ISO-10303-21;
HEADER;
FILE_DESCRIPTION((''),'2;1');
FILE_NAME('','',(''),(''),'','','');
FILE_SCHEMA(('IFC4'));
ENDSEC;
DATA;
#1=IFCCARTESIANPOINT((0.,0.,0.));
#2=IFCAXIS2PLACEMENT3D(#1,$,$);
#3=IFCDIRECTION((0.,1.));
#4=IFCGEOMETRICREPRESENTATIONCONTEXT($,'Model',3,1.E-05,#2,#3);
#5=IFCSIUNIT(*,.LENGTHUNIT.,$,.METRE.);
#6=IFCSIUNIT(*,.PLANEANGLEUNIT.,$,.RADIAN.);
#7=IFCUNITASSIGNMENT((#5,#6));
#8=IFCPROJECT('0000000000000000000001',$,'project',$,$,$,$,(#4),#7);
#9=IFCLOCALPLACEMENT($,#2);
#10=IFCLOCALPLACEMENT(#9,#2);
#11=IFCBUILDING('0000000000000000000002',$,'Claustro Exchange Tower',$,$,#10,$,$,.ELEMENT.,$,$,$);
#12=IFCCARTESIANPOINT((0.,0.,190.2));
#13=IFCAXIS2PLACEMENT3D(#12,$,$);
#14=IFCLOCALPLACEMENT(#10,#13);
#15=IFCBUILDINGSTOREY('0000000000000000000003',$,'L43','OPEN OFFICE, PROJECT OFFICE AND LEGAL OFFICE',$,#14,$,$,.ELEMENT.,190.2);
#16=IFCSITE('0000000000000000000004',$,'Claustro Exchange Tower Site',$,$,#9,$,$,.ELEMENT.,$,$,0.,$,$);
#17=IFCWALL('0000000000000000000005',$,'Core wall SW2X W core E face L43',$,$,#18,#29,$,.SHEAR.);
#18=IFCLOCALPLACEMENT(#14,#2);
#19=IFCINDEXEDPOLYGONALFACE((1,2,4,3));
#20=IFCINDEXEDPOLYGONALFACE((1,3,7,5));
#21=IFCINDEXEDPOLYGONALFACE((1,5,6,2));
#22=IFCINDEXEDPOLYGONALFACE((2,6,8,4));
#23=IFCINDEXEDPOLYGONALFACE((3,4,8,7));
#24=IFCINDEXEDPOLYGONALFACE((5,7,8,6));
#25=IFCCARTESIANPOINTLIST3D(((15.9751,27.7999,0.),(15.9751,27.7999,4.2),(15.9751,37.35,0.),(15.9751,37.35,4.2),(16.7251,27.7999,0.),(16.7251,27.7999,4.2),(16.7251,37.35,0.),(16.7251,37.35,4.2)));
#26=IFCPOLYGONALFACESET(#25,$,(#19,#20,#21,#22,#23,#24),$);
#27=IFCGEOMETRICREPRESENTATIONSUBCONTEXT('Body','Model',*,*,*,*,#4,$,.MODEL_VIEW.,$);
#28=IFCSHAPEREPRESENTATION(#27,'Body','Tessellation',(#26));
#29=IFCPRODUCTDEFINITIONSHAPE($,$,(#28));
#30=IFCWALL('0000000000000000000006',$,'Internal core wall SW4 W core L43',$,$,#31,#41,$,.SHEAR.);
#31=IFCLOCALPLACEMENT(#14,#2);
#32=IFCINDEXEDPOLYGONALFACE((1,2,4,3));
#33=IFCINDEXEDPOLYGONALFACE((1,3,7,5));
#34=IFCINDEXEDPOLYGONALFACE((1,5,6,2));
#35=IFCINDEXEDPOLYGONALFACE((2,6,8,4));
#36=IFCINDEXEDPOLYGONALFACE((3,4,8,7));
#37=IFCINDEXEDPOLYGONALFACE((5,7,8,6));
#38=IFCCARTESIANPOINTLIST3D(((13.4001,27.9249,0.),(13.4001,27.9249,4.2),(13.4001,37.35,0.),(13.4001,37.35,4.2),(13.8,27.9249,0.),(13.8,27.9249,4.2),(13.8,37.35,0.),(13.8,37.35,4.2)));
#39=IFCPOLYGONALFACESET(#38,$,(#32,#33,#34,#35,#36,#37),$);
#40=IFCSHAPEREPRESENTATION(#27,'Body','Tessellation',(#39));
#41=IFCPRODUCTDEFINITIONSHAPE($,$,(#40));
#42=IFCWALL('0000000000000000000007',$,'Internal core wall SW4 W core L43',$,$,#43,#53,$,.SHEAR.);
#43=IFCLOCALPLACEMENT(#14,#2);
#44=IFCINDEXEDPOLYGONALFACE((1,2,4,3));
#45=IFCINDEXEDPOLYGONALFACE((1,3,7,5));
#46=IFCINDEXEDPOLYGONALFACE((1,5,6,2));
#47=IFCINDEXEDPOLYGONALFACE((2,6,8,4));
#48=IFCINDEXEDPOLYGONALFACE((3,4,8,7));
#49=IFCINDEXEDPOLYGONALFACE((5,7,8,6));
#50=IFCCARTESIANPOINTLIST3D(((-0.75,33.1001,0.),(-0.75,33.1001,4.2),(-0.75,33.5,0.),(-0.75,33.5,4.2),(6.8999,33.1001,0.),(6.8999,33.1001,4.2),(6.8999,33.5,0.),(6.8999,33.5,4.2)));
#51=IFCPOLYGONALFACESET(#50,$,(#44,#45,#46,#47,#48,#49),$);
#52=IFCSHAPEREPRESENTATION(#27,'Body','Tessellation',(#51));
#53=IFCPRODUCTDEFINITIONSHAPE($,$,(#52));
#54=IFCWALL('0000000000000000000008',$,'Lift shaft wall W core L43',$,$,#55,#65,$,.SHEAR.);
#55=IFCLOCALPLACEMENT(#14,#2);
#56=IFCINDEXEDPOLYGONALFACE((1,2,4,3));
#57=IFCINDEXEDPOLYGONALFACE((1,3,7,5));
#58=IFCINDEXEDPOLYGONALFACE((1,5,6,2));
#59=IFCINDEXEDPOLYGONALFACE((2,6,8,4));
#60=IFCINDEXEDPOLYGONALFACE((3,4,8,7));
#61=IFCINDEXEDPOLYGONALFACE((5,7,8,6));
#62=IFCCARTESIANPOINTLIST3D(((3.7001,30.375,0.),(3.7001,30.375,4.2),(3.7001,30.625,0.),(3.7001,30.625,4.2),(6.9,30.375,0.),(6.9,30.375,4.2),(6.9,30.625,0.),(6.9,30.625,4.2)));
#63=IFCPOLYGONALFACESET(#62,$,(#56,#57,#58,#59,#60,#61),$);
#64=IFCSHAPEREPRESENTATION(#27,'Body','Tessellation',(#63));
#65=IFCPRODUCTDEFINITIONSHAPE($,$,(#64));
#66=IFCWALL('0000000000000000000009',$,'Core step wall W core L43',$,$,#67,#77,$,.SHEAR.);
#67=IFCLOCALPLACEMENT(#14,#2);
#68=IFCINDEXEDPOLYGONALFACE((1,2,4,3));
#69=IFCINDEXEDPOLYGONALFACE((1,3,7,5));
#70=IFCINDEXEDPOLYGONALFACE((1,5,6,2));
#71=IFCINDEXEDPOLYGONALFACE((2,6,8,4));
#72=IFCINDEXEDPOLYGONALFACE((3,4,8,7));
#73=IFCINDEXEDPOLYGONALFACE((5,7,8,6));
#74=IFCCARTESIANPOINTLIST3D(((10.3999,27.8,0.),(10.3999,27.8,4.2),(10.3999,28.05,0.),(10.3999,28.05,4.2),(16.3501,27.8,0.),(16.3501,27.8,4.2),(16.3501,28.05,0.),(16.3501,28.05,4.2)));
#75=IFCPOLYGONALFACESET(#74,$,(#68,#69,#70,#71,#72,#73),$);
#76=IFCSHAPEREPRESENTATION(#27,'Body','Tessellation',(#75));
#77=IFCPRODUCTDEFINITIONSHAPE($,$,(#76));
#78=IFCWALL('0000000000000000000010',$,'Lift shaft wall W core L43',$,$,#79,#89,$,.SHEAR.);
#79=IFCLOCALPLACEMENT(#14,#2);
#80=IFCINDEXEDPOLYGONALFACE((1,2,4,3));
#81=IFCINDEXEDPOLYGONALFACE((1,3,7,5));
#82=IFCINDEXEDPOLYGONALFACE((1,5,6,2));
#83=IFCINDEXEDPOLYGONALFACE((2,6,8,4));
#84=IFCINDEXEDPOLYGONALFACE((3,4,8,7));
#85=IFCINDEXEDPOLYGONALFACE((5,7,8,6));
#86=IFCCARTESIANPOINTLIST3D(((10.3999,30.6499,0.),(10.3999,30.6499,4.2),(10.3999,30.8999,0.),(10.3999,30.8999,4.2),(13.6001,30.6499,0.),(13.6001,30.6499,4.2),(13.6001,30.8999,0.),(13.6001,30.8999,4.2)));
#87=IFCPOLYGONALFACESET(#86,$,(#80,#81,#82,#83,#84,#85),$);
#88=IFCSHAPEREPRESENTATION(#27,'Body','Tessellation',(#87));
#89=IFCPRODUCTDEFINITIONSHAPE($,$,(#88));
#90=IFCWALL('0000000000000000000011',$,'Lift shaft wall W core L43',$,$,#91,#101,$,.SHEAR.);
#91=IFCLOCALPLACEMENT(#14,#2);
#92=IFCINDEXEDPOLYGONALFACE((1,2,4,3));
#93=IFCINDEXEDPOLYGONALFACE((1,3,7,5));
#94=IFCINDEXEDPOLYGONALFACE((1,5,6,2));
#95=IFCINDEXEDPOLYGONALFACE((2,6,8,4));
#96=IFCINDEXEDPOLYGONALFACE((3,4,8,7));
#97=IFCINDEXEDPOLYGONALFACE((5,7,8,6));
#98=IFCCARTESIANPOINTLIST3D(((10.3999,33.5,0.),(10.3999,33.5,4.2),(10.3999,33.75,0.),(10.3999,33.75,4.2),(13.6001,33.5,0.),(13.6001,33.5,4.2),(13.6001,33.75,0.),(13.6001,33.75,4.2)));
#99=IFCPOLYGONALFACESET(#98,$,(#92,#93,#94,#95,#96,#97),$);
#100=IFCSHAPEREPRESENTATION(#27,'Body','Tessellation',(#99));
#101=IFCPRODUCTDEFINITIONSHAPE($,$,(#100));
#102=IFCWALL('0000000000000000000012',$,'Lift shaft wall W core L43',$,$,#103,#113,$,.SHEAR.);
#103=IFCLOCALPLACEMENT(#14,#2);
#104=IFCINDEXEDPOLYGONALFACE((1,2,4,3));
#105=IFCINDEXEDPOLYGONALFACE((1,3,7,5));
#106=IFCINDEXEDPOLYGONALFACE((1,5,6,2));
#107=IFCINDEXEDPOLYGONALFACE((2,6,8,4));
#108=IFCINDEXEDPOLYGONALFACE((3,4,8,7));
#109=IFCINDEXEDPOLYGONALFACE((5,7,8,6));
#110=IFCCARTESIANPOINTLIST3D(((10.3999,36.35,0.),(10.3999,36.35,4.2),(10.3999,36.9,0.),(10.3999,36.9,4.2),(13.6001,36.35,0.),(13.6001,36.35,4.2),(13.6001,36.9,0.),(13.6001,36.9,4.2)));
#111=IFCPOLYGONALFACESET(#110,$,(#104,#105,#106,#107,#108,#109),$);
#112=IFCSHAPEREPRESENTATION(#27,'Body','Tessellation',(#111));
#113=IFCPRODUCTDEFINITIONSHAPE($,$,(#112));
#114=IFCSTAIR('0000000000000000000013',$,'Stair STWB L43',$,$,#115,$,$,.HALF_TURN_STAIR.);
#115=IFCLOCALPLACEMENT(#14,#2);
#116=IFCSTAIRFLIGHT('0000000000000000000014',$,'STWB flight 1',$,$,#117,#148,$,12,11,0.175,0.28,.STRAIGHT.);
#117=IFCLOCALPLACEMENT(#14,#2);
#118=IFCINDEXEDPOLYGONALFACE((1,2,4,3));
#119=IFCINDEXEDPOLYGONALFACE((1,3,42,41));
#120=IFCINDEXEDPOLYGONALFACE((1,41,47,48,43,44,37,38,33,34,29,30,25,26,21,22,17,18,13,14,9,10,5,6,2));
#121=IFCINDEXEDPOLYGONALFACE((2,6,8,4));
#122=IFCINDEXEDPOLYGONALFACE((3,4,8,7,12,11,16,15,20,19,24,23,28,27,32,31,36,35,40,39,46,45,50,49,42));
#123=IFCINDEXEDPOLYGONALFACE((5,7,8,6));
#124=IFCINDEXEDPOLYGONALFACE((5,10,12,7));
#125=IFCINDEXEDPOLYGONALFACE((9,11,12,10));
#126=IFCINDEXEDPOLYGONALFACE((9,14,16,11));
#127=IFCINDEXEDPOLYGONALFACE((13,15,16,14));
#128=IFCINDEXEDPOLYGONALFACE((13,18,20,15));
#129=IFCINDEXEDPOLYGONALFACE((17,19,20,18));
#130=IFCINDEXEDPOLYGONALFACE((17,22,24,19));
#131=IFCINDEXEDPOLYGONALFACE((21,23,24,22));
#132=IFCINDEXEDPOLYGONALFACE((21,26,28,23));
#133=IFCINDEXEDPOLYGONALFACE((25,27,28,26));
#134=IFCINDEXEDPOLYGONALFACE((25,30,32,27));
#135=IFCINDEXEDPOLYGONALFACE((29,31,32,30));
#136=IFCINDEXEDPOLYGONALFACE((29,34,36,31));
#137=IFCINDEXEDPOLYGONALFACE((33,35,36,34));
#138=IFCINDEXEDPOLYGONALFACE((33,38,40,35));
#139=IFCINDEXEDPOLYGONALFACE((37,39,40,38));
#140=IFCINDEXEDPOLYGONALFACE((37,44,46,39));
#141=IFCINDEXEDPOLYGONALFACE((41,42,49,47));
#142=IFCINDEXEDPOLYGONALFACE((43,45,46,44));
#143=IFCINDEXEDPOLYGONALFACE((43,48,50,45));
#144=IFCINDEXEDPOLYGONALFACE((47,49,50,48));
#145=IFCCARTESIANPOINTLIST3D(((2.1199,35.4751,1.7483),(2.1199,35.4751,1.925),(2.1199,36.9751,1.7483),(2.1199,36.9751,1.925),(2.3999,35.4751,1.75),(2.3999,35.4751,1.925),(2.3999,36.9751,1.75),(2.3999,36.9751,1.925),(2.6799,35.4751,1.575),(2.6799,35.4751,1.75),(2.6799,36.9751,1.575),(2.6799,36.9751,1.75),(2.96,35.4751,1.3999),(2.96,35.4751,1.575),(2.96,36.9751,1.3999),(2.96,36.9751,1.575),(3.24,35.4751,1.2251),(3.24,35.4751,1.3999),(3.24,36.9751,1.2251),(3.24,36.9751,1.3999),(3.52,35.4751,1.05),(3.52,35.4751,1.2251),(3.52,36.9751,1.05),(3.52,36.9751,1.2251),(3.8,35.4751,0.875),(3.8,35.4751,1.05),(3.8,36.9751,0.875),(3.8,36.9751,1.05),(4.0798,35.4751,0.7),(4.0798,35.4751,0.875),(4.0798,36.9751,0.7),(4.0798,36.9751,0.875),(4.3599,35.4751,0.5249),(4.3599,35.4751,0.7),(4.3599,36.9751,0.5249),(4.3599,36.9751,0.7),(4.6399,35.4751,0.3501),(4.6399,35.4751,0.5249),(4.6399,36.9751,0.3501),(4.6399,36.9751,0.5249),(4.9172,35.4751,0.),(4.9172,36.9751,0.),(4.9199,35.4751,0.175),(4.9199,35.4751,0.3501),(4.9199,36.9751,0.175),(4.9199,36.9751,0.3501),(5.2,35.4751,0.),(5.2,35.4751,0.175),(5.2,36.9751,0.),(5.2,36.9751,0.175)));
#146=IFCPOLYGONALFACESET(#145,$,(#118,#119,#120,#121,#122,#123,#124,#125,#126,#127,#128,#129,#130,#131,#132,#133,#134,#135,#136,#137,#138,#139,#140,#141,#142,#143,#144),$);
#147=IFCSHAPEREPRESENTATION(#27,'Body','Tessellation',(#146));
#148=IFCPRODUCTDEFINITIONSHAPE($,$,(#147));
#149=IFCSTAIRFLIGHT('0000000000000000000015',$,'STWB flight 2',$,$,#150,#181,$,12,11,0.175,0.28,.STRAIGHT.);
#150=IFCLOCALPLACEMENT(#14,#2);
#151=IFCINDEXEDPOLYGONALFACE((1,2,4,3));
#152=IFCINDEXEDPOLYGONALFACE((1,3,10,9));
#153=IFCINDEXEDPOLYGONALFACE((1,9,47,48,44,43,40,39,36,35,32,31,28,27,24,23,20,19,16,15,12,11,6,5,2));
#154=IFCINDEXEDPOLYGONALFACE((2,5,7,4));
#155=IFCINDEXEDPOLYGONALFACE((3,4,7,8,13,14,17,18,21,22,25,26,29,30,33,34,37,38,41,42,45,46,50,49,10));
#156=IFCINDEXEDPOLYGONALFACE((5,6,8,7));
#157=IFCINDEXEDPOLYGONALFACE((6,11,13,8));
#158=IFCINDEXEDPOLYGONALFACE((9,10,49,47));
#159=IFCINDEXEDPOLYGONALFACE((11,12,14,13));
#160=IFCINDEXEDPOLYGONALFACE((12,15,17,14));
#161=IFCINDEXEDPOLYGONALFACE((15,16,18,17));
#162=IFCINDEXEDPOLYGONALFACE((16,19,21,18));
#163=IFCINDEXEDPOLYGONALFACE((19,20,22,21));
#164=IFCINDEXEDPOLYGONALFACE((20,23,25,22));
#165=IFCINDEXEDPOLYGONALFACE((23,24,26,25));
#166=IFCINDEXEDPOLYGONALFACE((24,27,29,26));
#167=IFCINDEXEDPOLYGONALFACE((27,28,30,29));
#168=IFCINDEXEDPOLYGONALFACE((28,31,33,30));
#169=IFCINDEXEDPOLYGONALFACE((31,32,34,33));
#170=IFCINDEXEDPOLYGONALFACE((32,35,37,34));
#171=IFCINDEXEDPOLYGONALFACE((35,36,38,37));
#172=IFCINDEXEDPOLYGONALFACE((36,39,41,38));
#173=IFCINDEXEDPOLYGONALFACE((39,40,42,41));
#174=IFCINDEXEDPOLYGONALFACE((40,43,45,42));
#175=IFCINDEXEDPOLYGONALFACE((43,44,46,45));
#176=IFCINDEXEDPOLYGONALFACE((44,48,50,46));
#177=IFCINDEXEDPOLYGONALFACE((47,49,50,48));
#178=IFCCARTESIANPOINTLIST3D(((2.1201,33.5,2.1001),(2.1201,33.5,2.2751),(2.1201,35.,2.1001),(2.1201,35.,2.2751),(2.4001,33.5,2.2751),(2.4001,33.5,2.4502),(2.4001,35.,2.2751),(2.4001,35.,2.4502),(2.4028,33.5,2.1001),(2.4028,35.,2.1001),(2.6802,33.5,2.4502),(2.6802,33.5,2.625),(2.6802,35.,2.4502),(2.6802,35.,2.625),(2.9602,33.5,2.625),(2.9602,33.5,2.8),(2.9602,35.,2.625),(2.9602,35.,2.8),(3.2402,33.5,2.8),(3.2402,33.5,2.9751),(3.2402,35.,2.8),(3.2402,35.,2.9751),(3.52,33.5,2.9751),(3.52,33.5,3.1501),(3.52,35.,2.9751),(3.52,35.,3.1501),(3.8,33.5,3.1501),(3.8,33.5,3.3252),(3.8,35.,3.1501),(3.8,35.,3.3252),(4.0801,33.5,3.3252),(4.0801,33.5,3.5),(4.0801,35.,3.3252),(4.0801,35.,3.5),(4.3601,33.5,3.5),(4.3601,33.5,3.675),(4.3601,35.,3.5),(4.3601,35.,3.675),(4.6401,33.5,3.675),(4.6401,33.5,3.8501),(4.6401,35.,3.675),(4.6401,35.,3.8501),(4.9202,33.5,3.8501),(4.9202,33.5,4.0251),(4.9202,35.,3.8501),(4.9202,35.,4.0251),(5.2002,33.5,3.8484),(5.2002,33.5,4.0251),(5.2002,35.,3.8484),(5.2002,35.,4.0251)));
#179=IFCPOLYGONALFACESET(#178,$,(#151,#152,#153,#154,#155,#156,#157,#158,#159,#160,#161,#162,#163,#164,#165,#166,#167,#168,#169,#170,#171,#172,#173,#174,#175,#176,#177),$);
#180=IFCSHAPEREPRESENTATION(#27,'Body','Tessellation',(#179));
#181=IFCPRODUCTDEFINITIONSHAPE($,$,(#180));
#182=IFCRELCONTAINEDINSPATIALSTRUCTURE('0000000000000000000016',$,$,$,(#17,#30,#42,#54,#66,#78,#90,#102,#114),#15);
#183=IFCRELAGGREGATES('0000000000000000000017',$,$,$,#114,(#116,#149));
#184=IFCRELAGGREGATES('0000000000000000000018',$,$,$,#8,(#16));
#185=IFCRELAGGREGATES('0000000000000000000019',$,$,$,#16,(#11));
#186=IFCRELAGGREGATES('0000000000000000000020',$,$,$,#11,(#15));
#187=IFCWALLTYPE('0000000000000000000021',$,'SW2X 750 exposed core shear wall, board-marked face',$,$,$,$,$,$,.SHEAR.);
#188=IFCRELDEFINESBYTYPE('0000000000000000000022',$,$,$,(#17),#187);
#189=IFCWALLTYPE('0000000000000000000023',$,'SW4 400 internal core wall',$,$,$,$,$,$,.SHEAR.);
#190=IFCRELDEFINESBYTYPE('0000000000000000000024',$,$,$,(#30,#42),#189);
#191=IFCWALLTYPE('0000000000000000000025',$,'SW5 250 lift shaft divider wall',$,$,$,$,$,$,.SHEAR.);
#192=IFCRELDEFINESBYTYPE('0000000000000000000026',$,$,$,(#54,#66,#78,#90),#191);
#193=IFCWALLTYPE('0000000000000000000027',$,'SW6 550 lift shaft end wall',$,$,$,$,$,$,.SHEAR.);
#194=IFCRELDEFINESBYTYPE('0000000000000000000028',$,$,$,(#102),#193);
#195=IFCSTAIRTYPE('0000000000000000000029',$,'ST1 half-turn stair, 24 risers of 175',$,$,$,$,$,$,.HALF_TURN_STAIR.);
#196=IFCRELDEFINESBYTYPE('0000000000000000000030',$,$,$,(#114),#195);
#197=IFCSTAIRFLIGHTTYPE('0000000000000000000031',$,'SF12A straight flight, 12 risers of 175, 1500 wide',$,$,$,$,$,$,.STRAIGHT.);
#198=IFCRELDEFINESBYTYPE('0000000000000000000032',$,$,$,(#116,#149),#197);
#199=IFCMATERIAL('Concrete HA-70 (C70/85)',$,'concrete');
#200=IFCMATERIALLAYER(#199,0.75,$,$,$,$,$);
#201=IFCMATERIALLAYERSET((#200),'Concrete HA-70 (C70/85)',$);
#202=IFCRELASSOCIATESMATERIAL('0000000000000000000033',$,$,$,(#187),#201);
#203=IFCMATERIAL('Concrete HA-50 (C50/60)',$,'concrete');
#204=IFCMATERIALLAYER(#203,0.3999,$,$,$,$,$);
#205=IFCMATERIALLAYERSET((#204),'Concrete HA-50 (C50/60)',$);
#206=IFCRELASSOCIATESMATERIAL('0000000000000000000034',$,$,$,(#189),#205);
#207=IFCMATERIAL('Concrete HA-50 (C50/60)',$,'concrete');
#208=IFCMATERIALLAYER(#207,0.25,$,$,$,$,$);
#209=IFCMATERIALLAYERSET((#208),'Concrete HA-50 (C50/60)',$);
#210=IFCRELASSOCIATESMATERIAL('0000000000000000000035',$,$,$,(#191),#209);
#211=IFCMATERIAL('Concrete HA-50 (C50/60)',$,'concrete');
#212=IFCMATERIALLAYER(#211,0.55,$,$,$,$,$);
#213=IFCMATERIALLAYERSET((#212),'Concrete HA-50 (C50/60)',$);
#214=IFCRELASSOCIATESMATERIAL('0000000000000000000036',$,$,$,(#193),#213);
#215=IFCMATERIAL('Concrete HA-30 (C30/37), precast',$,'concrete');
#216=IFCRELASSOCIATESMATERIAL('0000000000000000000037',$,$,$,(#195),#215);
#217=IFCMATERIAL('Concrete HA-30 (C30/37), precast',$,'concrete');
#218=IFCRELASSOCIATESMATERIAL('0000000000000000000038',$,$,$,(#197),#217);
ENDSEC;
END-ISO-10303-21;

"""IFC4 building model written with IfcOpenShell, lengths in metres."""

from ifc_helpers import new_model, si_unit, direction, frame, frame_2d, origin, place, context, subcontext, project, spatial, polyline, rectangle, outline, extrude, material, layer, layer_set, type_object, element, aggregate, save


model = new_model("IFC4")

# Units and contexts
model_context = context("Model", 3, precision=1e-05, world=origin(), true_north=direction((0.0, 1.0)))
body_context = subcontext(model_context, "Body", "Model", "MODEL_VIEW")
ifc_project = project(units=[si_unit("LENGTHUNIT", "METRE"), si_unit("PLANEANGLEUNIT", "RADIAN")], contexts=[model_context])

# Site, building, storey
site_placement = place(None, origin())
site = spatial("IfcSite", under=ifc_project, at=site_placement, Name="Claustro Exchange Tower Site", CompositionType="ELEMENT", RefElevation=0.0)
building_placement = place(site_placement, origin())
building = spatial("IfcBuilding", under=site, at=building_placement, Name="Claustro Exchange Tower", CompositionType="ELEMENT")
storey_placement = place(building_placement, frame((0.0, 0.0, 190.2)))
storey = spatial("IfcBuildingStorey", under=building, at=storey_placement, Name="L43", Description="OPEN OFFICE, PROJECT OFFICE AND LEGAL OFFICE", CompositionType="ELEMENT", Elevation=190.2)

# Walls
ifc_material_1 = material(Name="Concrete HA-70 (C70/85)", Category="concrete")
ifc_layer_1 = layer(ifc_material_1, 0.75)
ifc_layer_set_1 = layer_set([ifc_layer_1], Name="Concrete HA-70 (C70/85)")
wall_type_1 = type_object("IfcWallType", Name="SW2X 750 exposed core shear wall, board-marked face", PredefinedType="SHEAR", material=ifc_layer_set_1)
wall_1_placement = place(storey_placement, frame((16.3501, 27.8, 0.0), z_axis=(0.0, 0.0, 1.0), x_axis=(0.0, 1.0, 0.0)))
element("IfcWall", 1, at=wall_1_placement, inside=storey, type_object=wall_type_1, Name="Core wall SW2X W core E face L43", PredefinedType="SHEAR", context=body_context, shape_type="SweptSolid", body=[
    extrude(rectangle(XDim=9.55, YDim=0.75, at=frame_2d((4.7749, 0.0))), origin(), (0.0, 0.0, 1.0), 4.2),
])
ifc_material_2 = material(Name="Concrete HA-50 (C50/60)", Category="concrete")
ifc_layer_2 = layer(ifc_material_2, 0.3999)
ifc_layer_set_2 = layer_set([ifc_layer_2], Name="Concrete HA-50 (C50/60)")
wall_type_2 = type_object("IfcWallType", Name="SW4 400 internal core wall", PredefinedType="SHEAR", material=ifc_layer_set_2)
wall_2_placement = place(storey_placement, frame((13.6001, 27.925, 0.0), z_axis=(0.0, 0.0, 1.0), x_axis=(0.0, 1.0, 0.0)))
element("IfcWall", 2, at=wall_2_placement, inside=storey, type_object=wall_type_2, Name="Internal core wall SW4 W core L43", PredefinedType="SHEAR", context=body_context, shape_type="SweptSolid", body=[
    extrude(rectangle(XDim=9.425, YDim=0.3999, at=frame_2d((4.7124, 0.0))), origin(), (0.0, 0.0, 1.0), 4.2),
])
wall_3_placement = place(storey_placement, frame((-0.75, 33.3, 0.0), z_axis=(0.0, 0.0, 1.0), x_axis=(1.0, 0.0, 0.0)))
element("IfcWall", 3, at=wall_3_placement, inside=storey, type_object=wall_type_2, Name="Internal core wall SW4 W core L43", PredefinedType="SHEAR", context=body_context, shape_type="SweptSolid", body=[
    extrude(rectangle(XDim=7.6499, YDim=0.3999, at=frame_2d((3.825, 0.0))), origin(), (0.0, 0.0, 1.0), 4.2),
])
ifc_material_3 = material(Name="Concrete HA-50 (C50/60)", Category="concrete")
ifc_layer_3 = layer(ifc_material_3, 0.25)
ifc_layer_set_3 = layer_set([ifc_layer_3], Name="Concrete HA-50 (C50/60)")
wall_type_3 = type_object("IfcWallType", Name="SW5 250 lift shaft divider wall", PredefinedType="SHEAR", material=ifc_layer_set_3)
wall_4_placement = place(storey_placement, frame((3.7, 30.5, 0.0), z_axis=(0.0, 0.0, 1.0), x_axis=(1.0, 0.0, 0.0)))
element("IfcWall", 4, at=wall_4_placement, inside=storey, type_object=wall_type_3, Name="Lift shaft wall W core L43", PredefinedType="SHEAR", context=body_context, shape_type="SweptSolid", body=[
    extrude(rectangle(XDim=3.2, YDim=0.25, at=frame_2d((1.6001, 0.0))), origin(), (0.0, 0.0, 1.0), 4.2),
])
wall_5_placement = place(storey_placement, frame((10.3999, 27.925, 0.0), z_axis=(0.0, 0.0, 1.0), x_axis=(1.0, 0.0, 0.0)))
element("IfcWall", 5, at=wall_5_placement, inside=storey, type_object=wall_type_3, Name="Core step wall W core L43", PredefinedType="SHEAR", context=body_context, shape_type="SweptSolid", body=[
    extrude(rectangle(XDim=5.9502, YDim=0.25, at=frame_2d((2.9751, 0.0))), origin(), (0.0, 0.0, 1.0), 4.2),
])
for number, where, z_axis, x_axis, name in (
    (6, (10.3999, 30.7749, 0.0), (0.0, 0.0, 1.0), (1.0, 0.0, 0.0), "Lift shaft wall W core L43"),
    (7, (10.3999, 33.625, 0.0), (0.0, 0.0, 1.0), (1.0, 0.0, 0.0), "Lift shaft wall W core L43"),
):
    element("IfcWall", number, at=place(storey_placement, frame(where, z_axis=z_axis, x_axis=x_axis)), inside=storey, type_object=wall_type_3, Name=name, PredefinedType="SHEAR", context=body_context, shape_type="SweptSolid", body=[
        extrude(rectangle(XDim=3.2002, YDim=0.25, at=frame_2d((1.6001, 0.0))), origin(), (0.0, 0.0, 1.0), 4.2),
    ])
ifc_material_4 = material(Name="Concrete HA-50 (C50/60)", Category="concrete")
ifc_layer_4 = layer(ifc_material_4, 0.55)
ifc_layer_set_4 = layer_set([ifc_layer_4], Name="Concrete HA-50 (C50/60)")
wall_type_4 = type_object("IfcWallType", Name="SW6 550 lift shaft end wall", PredefinedType="SHEAR", material=ifc_layer_set_4)
wall_6_placement = place(storey_placement, frame((10.3999, 36.625, 0.0), z_axis=(0.0, 0.0, 1.0), x_axis=(1.0, 0.0, 0.0)))
element("IfcWall", 8, at=wall_6_placement, inside=storey, type_object=wall_type_4, Name="Lift shaft wall W core L43", PredefinedType="SHEAR", context=body_context, shape_type="SweptSolid", body=[
    extrude(rectangle(XDim=3.2002, YDim=0.55, at=frame_2d((1.6001, 0.0))), origin(), (0.0, 0.0, 1.0), 4.2),
])

# Stair, stair flights
ifc_material_5 = material(Name="Concrete HA-30 (C30/37), precast", Category="concrete")
stair_type = type_object("IfcStairType", Name="ST1 half-turn stair, 24 risers of 175", PredefinedType="HALF_TURN_STAIR", material=ifc_material_5)
stair_placement = place(storey_placement, origin())
stair = element("IfcStair", 9, at=stair_placement, inside=storey, type_object=stair_type, Name="Stair STWB L43", PredefinedType="HALF_TURN_STAIR")
ifc_material_6 = material(Name="Concrete HA-30 (C30/37), precast", Category="concrete")
stair_flight_type = type_object("IfcStairFlightType", Name="SF12A straight flight, 12 risers of 175, 1500 wide", PredefinedType="STRAIGHT", material=ifc_material_6)
stair_flight_1_placement = place(storey_placement, frame((5.2, 36.2251, 0.0), z_axis=(0.0, 0.0, 1.0), x_axis=(-1.0, 0.0, 0.0)))
stair_flight_1 = element("IfcStairFlight", 10, at=stair_flight_1_placement, type_object=stair_flight_type, Name="STWB flight 1", NumberOfRisers=12, NumberOfTreads=11, PredefinedType="STRAIGHT", RiserHeight=0.175, TreadLength=0.28, context=body_context, shape_type="SweptSolid", body=[
    extrude(outline(polyline([(0.0, 0.0), (0.0, 0.175), (0.28, 0.175), (0.28, 0.3501), (0.5601, 0.3501), (0.5601, 0.5249), (0.8401, 0.5249), (0.8401, 0.7), (1.1201, 0.7), (1.1201, 0.875), (1.3999, 0.875), (1.3999, 1.05), (1.6799, 1.05), (1.6799, 1.2251), (1.96, 1.2251), (1.96, 1.3999), (2.24, 1.3999), (2.24, 1.575), (2.52, 1.575), (2.52, 1.75), (2.8, 1.75), (2.8, 1.925), (3.0801, 1.925), (3.0801, 2.1001), (3.0801, 1.7483), (0.2827, 0.0), (0.0, 0.0)])), frame((0.0, 0.75, 0.0), z_axis=(0.0, -1.0, 0.0), x_axis=(1.0, 0.0, 0.0)), (0.0, 0.0, 1.0), 1.5),
])
stair_flight_2_placement = place(storey_placement, frame((2.1201, 34.25, 2.1001), z_axis=(0.0, 0.0, 1.0), x_axis=(1.0, 0.0, 0.0)))
stair_flight_2 = element("IfcStairFlight", 11, at=stair_flight_2_placement, type_object=stair_flight_type, Name="STWB flight 2", NumberOfRisers=12, NumberOfTreads=11, PredefinedType="STRAIGHT", RiserHeight=0.175, TreadLength=0.28, context=body_context, shape_type="SweptSolid", body=[
    extrude(outline(polyline([(0.0, 0.0), (0.0, 0.175), (0.28, 0.175), (0.28, 0.3501), (0.5601, 0.3501), (0.5601, 0.5249), (0.8401, 0.5249), (0.8401, 0.7), (1.1201, 0.7), (1.1201, 0.875), (1.3999, 0.875), (1.3999, 1.05), (1.6799, 1.05), (1.6799, 1.2251), (1.96, 1.2251), (1.96, 1.3999), (2.24, 1.3999), (2.24, 1.575), (2.52, 1.575), (2.52, 1.75), (2.8, 1.75), (2.8, 1.925), (3.0801, 1.925), (3.0801, 2.1001), (3.0801, 1.7483), (0.2827, 0.0), (0.0, 0.0)])), frame((0.0, 0.75, 0.0), z_axis=(0.0, -1.0, 0.0), x_axis=(1.0, 0.0, 0.0)), (0.0, 0.0, 1.0), 1.5),
])
aggregate(stair, [stair_flight_1, stair_flight_2])

save(model, "model.ifc")
